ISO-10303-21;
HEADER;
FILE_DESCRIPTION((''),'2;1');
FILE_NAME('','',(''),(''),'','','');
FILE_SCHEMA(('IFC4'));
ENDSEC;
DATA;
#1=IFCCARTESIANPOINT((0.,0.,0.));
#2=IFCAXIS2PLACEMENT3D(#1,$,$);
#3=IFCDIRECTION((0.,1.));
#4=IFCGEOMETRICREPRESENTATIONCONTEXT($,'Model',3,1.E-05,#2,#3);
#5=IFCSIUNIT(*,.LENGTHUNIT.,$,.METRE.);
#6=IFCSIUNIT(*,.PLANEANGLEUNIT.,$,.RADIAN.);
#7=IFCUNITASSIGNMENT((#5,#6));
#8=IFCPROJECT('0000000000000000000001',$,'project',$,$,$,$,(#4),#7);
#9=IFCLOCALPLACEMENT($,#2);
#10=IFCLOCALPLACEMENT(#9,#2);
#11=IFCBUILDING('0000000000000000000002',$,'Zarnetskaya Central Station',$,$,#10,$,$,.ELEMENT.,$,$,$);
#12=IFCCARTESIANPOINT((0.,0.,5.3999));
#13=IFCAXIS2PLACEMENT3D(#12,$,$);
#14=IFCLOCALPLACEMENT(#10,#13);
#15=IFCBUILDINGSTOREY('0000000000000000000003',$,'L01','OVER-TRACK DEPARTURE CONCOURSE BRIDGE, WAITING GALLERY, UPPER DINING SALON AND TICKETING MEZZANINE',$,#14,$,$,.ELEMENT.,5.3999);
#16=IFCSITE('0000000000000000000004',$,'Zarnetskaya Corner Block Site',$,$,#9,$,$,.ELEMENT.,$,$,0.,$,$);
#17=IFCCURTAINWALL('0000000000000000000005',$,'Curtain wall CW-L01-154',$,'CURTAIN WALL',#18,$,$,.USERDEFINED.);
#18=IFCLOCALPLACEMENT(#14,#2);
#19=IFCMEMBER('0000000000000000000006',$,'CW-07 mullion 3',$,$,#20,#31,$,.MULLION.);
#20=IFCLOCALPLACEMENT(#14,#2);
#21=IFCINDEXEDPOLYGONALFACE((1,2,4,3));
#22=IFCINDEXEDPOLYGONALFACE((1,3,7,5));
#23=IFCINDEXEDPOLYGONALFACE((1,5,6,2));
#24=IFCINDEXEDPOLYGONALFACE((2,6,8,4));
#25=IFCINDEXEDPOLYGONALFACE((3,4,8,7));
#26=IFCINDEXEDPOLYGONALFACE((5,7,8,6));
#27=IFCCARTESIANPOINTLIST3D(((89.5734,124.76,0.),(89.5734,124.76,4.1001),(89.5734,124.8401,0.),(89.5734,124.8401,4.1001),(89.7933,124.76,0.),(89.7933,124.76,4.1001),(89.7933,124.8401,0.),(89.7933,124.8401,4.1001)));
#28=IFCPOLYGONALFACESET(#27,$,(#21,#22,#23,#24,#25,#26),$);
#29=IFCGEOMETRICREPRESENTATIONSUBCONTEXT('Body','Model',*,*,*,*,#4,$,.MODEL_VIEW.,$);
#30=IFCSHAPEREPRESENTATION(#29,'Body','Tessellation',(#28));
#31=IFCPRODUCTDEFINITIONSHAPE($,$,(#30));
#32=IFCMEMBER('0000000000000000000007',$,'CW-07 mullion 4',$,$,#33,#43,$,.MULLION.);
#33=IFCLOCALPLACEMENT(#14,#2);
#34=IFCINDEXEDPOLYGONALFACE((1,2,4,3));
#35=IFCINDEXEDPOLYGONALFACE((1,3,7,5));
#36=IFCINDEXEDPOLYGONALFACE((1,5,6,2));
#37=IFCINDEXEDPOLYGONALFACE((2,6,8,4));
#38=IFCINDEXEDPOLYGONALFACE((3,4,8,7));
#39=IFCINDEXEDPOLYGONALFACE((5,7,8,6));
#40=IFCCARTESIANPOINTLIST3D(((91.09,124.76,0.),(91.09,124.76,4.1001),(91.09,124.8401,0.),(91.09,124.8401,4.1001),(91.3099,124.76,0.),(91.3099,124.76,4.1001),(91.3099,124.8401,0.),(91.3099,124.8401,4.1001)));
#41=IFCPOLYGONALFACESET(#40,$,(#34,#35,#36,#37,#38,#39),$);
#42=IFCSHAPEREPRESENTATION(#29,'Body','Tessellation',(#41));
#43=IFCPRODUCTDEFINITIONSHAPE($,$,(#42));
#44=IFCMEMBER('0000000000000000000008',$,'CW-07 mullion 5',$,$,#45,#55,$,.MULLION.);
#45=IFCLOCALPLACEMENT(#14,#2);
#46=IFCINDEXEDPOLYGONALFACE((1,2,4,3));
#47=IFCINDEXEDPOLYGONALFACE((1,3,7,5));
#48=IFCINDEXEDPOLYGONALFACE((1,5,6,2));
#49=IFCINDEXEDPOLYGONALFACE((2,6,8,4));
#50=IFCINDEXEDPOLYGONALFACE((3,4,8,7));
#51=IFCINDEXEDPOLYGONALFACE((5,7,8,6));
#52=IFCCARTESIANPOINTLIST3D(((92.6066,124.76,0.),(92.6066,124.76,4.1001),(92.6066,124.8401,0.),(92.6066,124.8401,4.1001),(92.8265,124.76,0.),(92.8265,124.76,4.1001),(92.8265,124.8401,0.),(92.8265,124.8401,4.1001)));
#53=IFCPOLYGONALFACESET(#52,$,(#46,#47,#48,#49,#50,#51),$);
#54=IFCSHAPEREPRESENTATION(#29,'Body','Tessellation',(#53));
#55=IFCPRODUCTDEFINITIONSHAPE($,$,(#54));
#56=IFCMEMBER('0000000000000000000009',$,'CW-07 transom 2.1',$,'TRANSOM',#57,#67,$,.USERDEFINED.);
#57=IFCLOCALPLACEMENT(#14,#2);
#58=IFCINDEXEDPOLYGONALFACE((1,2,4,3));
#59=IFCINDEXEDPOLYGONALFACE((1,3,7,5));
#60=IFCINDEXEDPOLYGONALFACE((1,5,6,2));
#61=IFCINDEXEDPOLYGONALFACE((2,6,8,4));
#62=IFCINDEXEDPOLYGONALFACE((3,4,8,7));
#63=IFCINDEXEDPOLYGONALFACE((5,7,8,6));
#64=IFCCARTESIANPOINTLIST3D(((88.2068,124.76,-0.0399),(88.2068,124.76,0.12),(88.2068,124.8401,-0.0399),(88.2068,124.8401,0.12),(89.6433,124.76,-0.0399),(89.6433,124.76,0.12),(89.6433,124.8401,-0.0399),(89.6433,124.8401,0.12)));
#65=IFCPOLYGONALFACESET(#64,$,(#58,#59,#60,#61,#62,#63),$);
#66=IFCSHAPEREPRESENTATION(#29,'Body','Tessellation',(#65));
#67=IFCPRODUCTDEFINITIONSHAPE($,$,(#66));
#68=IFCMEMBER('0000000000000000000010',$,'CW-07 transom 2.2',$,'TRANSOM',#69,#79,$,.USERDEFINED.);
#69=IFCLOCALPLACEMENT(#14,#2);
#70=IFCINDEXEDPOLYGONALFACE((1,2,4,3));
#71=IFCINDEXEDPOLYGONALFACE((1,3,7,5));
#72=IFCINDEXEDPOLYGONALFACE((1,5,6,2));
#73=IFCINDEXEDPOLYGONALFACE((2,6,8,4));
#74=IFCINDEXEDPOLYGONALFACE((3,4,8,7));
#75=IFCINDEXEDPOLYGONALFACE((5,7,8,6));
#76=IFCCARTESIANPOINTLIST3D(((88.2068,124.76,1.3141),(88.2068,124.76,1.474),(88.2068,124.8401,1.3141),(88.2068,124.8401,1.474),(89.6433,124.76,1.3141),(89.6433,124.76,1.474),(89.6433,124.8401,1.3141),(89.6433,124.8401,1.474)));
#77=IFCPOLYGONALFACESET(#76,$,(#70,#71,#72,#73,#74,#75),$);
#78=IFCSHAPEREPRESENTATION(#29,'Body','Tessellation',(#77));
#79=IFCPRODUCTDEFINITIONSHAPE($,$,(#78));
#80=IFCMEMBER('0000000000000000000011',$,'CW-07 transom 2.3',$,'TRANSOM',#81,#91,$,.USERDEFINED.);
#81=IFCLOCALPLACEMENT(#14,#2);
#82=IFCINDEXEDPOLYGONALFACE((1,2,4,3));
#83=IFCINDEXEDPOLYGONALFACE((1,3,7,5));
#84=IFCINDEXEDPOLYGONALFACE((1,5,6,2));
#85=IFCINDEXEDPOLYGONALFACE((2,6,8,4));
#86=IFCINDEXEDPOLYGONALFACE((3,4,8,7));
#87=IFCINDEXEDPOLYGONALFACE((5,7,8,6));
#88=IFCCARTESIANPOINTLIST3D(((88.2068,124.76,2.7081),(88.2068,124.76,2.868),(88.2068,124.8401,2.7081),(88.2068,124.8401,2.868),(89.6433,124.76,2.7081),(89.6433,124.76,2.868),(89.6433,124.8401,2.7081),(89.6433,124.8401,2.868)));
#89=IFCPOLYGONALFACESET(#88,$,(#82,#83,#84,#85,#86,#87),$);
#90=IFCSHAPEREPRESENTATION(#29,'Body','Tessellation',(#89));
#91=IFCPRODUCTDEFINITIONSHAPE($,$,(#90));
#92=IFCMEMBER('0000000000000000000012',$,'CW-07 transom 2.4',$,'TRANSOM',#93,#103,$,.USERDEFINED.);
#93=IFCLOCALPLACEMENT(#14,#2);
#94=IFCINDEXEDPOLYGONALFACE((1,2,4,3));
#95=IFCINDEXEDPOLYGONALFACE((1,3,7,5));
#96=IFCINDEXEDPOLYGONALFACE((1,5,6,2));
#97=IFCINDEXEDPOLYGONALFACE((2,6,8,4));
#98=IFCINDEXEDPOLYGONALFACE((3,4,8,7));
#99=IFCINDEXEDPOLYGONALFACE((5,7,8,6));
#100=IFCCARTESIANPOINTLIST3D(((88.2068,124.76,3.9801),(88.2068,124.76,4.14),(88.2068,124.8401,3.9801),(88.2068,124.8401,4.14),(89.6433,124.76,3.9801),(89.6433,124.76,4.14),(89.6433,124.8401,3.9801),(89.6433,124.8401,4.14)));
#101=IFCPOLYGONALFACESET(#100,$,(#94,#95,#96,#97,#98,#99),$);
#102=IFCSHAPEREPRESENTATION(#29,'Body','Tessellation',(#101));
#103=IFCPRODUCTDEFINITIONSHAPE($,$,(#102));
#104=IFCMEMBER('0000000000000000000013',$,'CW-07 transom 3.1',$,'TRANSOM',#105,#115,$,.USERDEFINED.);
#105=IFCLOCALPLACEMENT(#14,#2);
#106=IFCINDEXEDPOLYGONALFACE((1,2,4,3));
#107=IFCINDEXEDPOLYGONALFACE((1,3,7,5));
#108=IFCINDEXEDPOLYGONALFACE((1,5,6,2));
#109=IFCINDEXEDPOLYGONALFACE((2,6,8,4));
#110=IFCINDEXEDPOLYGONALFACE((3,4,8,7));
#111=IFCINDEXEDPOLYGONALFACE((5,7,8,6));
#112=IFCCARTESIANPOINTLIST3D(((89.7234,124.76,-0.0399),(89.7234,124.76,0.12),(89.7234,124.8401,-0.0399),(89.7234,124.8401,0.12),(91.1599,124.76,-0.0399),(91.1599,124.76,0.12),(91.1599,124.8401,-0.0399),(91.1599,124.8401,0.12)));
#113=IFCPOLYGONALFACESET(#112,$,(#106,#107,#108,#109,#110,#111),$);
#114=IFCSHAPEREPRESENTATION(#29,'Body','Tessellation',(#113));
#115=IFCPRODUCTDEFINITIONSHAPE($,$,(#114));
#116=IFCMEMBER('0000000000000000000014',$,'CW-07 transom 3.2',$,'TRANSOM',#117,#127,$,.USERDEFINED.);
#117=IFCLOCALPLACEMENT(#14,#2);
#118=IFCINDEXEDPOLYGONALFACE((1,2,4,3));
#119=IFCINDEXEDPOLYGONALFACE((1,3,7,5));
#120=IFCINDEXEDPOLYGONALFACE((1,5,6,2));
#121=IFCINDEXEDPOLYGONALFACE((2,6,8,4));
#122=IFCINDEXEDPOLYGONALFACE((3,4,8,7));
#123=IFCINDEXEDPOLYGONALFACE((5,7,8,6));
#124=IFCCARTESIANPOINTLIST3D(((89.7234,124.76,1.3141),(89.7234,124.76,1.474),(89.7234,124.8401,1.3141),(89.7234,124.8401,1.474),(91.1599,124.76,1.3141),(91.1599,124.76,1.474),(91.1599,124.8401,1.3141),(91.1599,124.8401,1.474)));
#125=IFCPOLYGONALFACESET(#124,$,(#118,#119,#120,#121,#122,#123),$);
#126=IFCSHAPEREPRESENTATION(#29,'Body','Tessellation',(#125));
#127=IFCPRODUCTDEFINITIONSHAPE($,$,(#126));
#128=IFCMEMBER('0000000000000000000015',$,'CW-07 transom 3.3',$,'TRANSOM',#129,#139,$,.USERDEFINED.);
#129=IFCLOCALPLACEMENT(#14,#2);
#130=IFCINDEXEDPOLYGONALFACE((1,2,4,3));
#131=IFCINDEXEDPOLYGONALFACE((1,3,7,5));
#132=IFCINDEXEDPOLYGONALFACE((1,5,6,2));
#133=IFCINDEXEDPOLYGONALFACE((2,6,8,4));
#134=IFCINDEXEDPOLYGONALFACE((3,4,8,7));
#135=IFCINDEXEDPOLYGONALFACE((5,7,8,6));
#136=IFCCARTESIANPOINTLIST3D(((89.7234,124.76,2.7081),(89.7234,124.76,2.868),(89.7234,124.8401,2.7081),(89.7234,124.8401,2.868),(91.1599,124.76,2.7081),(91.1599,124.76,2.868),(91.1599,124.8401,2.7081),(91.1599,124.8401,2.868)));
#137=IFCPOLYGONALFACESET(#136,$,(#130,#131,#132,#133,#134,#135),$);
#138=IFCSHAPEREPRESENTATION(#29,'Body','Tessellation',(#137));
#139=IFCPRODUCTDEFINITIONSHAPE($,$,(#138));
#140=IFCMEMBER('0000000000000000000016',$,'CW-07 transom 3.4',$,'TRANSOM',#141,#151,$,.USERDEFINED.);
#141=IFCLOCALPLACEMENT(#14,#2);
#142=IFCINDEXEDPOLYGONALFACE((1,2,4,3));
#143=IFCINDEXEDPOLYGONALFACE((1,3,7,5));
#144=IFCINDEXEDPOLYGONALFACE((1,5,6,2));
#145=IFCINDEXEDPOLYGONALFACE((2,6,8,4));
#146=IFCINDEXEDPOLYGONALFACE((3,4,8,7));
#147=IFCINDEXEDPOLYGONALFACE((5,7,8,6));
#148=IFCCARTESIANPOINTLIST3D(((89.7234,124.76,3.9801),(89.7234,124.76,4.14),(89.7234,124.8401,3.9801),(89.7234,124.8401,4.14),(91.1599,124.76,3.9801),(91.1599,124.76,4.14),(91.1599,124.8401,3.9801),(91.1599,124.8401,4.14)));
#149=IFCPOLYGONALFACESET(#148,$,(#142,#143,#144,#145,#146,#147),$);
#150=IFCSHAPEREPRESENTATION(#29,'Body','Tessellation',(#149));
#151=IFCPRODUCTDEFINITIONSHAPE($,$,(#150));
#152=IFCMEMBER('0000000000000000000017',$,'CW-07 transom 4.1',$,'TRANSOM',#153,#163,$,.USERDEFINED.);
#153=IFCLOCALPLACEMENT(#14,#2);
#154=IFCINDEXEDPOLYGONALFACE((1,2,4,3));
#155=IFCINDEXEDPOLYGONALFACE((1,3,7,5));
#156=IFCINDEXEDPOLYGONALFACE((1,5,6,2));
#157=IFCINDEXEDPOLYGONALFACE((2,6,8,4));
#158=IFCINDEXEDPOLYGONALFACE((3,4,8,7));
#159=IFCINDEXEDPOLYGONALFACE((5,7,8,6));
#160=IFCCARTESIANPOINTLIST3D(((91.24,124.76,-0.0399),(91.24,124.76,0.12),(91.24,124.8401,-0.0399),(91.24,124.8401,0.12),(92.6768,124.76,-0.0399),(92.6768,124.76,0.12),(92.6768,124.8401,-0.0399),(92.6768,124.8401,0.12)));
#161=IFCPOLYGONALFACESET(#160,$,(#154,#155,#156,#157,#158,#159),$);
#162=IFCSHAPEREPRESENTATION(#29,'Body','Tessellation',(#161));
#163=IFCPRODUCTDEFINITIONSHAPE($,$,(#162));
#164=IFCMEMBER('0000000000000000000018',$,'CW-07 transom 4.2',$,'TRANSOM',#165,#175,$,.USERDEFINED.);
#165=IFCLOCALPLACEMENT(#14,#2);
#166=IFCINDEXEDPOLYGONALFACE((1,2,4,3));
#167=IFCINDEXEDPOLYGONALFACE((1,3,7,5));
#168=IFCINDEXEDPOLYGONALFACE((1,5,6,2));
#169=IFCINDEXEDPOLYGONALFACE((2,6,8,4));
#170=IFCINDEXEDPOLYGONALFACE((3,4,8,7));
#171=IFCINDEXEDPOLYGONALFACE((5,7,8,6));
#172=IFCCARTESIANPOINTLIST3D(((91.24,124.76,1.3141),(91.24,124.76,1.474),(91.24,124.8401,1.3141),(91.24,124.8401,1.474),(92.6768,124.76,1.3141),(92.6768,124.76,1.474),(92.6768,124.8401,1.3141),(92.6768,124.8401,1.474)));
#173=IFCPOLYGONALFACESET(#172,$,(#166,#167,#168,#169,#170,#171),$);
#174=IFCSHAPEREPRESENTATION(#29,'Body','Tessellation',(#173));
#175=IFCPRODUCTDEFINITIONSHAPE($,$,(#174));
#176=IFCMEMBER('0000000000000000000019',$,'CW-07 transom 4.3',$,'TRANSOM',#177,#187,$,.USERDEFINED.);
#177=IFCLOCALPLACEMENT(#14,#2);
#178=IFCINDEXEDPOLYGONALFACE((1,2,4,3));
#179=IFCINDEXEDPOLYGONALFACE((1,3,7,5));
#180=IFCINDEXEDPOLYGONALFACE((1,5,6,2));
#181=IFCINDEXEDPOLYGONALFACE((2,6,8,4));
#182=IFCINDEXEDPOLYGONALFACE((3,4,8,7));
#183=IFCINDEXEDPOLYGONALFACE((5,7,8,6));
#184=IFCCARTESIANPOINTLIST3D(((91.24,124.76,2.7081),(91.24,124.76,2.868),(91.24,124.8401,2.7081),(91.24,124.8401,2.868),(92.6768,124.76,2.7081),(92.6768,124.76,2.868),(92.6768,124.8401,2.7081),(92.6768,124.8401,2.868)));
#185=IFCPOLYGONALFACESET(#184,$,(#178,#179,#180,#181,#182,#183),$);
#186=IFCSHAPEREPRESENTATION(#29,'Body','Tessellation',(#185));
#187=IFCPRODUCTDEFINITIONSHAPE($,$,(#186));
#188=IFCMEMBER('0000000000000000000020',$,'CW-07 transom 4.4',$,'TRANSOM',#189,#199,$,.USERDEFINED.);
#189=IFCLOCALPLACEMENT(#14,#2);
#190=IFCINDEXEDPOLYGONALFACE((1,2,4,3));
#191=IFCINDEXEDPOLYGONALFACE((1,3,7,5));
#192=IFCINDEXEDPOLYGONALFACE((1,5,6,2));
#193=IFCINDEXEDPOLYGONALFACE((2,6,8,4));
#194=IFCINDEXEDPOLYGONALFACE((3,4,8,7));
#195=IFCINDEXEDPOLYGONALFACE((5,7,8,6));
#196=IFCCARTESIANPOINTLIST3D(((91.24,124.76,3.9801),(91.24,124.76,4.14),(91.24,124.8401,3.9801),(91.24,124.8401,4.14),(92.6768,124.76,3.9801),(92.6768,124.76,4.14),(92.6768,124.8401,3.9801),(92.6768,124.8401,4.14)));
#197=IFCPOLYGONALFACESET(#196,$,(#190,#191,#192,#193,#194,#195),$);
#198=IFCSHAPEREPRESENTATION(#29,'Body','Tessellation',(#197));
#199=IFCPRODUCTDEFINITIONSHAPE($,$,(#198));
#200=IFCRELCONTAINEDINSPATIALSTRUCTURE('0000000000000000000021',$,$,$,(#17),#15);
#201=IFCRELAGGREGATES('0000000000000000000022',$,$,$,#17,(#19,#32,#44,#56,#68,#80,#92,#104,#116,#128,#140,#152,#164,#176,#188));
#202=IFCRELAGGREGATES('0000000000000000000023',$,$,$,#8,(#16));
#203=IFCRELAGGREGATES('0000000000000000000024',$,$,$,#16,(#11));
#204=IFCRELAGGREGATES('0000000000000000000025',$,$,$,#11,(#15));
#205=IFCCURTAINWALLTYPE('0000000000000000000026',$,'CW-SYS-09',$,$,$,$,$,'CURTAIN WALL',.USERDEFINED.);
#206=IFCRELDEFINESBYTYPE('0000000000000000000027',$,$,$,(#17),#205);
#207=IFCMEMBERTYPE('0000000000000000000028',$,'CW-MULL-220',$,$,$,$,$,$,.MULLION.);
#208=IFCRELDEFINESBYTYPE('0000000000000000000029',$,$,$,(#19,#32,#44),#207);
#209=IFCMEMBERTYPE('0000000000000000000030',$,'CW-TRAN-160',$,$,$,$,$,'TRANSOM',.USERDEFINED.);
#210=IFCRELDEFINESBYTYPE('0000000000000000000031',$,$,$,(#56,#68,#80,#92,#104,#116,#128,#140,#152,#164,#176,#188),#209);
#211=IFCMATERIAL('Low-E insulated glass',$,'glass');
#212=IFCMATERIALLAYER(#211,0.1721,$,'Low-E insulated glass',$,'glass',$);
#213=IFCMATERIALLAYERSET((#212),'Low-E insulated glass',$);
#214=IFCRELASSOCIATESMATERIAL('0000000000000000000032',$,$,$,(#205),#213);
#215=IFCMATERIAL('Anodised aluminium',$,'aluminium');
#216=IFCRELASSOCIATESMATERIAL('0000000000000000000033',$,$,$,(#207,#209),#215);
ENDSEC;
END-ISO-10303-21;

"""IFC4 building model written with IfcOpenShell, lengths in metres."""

from ifc_helpers import new_model, si_unit, direction, frame, origin, origin_2d, place, context, subcontext, project, spatial, rectangle, extrude, material, layer, layer_set, material_profile, profile_set, type_object, element, aggregate, save


model = new_model("IFC4")

# Units and contexts
model_context = context("Model", 3, precision=1e-05, world=origin(), true_north=direction((0.0, 1.0)))
body_context = subcontext(model_context, "Body", "Model", "MODEL_VIEW")
ifc_project = project(units=[si_unit("LENGTHUNIT", "METRE"), si_unit("PLANEANGLEUNIT", "RADIAN")], contexts=[model_context])

# Site, building, storey
site_placement = place(None, origin())
site = spatial("IfcSite", under=ifc_project, at=site_placement, Name="Zarnetskaya Corner Block Site", CompositionType="ELEMENT", RefElevation=0.0)
building_placement = place(site_placement, origin())
building = spatial("IfcBuilding", under=site, at=building_placement, Name="Zarnetskaya Central Station", CompositionType="ELEMENT")
storey_placement = place(building_placement, frame((0.0, 0.0, 5.3999)))
storey = spatial("IfcBuildingStorey", under=building, at=storey_placement, Name="L01", Description="OVER-TRACK DEPARTURE CONCOURSE BRIDGE, WAITING GALLERY, UPPER DINING SALON AND TICKETING MEZZANINE", CompositionType="ELEMENT", Elevation=5.3999)

# Curtain wall, members
ifc_material_1 = material(Name="Low-E insulated glass", Category="glass")
ifc_layer_1 = layer(ifc_material_1, 0.1721, Name="Low-E insulated glass", Category="glass")
ifc_layer_set_1 = layer_set([ifc_layer_1], Name="Low-E insulated glass")
curtain_wall_type = type_object("IfcCurtainWallType", Name="CW-SYS-09", ElementType="CURTAIN WALL", PredefinedType="USERDEFINED", material=ifc_layer_set_1)
curtain_wall_placement = place(storey_placement, origin())
curtain_wall = element("IfcCurtainWall", 1, at=curtain_wall_placement, inside=storey, type_object=curtain_wall_type, Name="Curtain wall CW-L01-154", ObjectType="CURTAIN WALL", PredefinedType="USERDEFINED")
ifc_material_2 = material(Name="Anodised aluminium", Category="aluminium")
ifc_material_profile_1 = material_profile(ifc_material_2, rectangle(XDim=0.0801, YDim=0.22, at=origin_2d()), Name="ALU MULL 80x220")
ifc_profile_set_1 = profile_set([ifc_material_profile_1], Name="Anodised aluminium")
member_type_1 = type_object("IfcMemberType", Name="CW-MULL-220", PredefinedType="MULLION", material=ifc_profile_set_1)
member_1_placement = place(storey_placement, frame((89.6833, 124.8, 0.0), z_axis=(0.0, 0.0, 1.0), x_axis=(0.0, 1.0, 0.0)))
member_1 = element("IfcMember", 2, at=member_1_placement, type_object=member_type_1, Name="CW-07 mullion 3", PredefinedType="MULLION", context=body_context, shape_type="SweptSolid", body=[
    extrude(rectangle(XDim=0.0801, YDim=0.22, at=origin_2d()), origin(), (0.0, 0.0, 1.0), 4.1001),
])
member_2_placement = place(storey_placement, frame((91.2, 124.8, 0.0), z_axis=(0.0, 0.0, 1.0), x_axis=(0.0, 1.0, 0.0)))
member_2 = element("IfcMember", 3, at=member_2_placement, type_object=member_type_1, Name="CW-07 mullion 4", PredefinedType="MULLION", context=body_context, shape_type="SweptSolid", body=[
    extrude(rectangle(XDim=0.0801, YDim=0.22, at=origin_2d()), origin(), (0.0, 0.0, 1.0), 4.1001),
])
member_3_placement = place(storey_placement, frame((92.7166, 124.8, 0.0), z_axis=(0.0, 0.0, 1.0), x_axis=(0.0, 1.0, 0.0)))
member_3 = element("IfcMember", 4, at=member_3_placement, type_object=member_type_1, Name="CW-07 mullion 5", PredefinedType="MULLION", context=body_context, shape_type="SweptSolid", body=[
    extrude(rectangle(XDim=0.0801, YDim=0.22, at=origin_2d()), origin(), (0.0, 0.0, 1.0), 4.1001),
])
ifc_material_profile_2 = material_profile(ifc_material_2, rectangle(XDim=0.0801, YDim=0.1599, at=origin_2d()), Name="ALU TRAN 80x160")
ifc_profile_set_2 = profile_set([ifc_material_profile_2], Name="Anodised aluminium")
member_type_2 = type_object("IfcMemberType", Name="CW-TRAN-160", ElementType="TRANSOM", PredefinedType="USERDEFINED", material=ifc_profile_set_2)
member_4_placement = place(storey_placement, frame((88.2068, 124.8, 0.04), z_axis=(1.0, 0.0, 0.0), x_axis=(0.0, 1.0, 0.0)))
member_4 = element("IfcMember", 5, at=member_4_placement, type_object=member_type_2, Name="CW-07 transom 2.1", ObjectType="TRANSOM", PredefinedType="USERDEFINED", context=body_context, shape_type="SweptSolid", body=[
    extrude(rectangle(XDim=0.0801, YDim=0.1599, at=origin_2d()), origin(), (0.0, 0.0, 1.0), 1.4365),
])
member_5_placement = place(storey_placement, frame((88.2068, 124.8, 1.394), z_axis=(1.0, 0.0, 0.0), x_axis=(0.0, 1.0, 0.0)))
member_5 = element("IfcMember", 6, at=member_5_placement, type_object=member_type_2, Name="CW-07 transom 2.2", ObjectType="TRANSOM", PredefinedType="USERDEFINED", context=body_context, shape_type="SweptSolid", body=[
    extrude(rectangle(XDim=0.0801, YDim=0.1599, at=origin_2d()), origin(), (0.0, 0.0, 1.0), 1.4365),
])
member_6_placement = place(storey_placement, frame((88.2068, 124.8, 2.7881), z_axis=(1.0, 0.0, 0.0), x_axis=(0.0, 1.0, 0.0)))
member_6 = element("IfcMember", 7, at=member_6_placement, type_object=member_type_2, Name="CW-07 transom 2.3", ObjectType="TRANSOM", PredefinedType="USERDEFINED", context=body_context, shape_type="SweptSolid", body=[
    extrude(rectangle(XDim=0.0801, YDim=0.1599, at=origin_2d()), origin(), (0.0, 0.0, 1.0), 1.4365),
])
member_7_placement = place(storey_placement, frame((88.2068, 124.8, 4.0601), z_axis=(1.0, 0.0, 0.0), x_axis=(0.0, 1.0, 0.0)))
member_7 = element("IfcMember", 8, at=member_7_placement, type_object=member_type_2, Name="CW-07 transom 2.4", ObjectType="TRANSOM", PredefinedType="USERDEFINED", context=body_context, shape_type="SweptSolid", body=[
    extrude(rectangle(XDim=0.0801, YDim=0.1599, at=origin_2d()), origin(), (0.0, 0.0, 1.0), 1.4365),
])
member_8_placement = place(storey_placement, frame((89.7234, 124.8, 0.04), z_axis=(1.0, 0.0, 0.0), x_axis=(0.0, 1.0, 0.0)))
member_8 = element("IfcMember", 9, at=member_8_placement, type_object=member_type_2, Name="CW-07 transom 3.1", ObjectType="TRANSOM", PredefinedType="USERDEFINED", context=body_context, shape_type="SweptSolid", body=[
    extrude(rectangle(XDim=0.0801, YDim=0.1599, at=origin_2d()), origin(), (0.0, 0.0, 1.0), 1.4365),
])
member_9_placement = place(storey_placement, frame((89.7234, 124.8, 1.394), z_axis=(1.0, 0.0, 0.0), x_axis=(0.0, 1.0, 0.0)))
member_9 = element("IfcMember", 10, at=member_9_placement, type_object=member_type_2, Name="CW-07 transom 3.2", ObjectType="TRANSOM", PredefinedType="USERDEFINED", context=body_context, shape_type="SweptSolid", body=[
    extrude(rectangle(XDim=0.0801, YDim=0.1599, at=origin_2d()), origin(), (0.0, 0.0, 1.0), 1.4365),
])
member_10_placement = place(storey_placement, frame((89.7234, 124.8, 2.7881), z_axis=(1.0, 0.0, 0.0), x_axis=(0.0, 1.0, 0.0)))
member_10 = element("IfcMember", 11, at=member_10_placement, type_object=member_type_2, Name="CW-07 transom 3.3", ObjectType="TRANSOM", PredefinedType="USERDEFINED", context=body_context, shape_type="SweptSolid", body=[
    extrude(rectangle(XDim=0.0801, YDim=0.1599, at=origin_2d()), origin(), (0.0, 0.0, 1.0), 1.4365),
])
member_11_placement = place(storey_placement, frame((89.7234, 124.8, 4.0601), z_axis=(1.0, 0.0, 0.0), x_axis=(0.0, 1.0, 0.0)))
member_11 = element("IfcMember", 12, at=member_11_placement, type_object=member_type_2, Name="CW-07 transom 3.4", ObjectType="TRANSOM", PredefinedType="USERDEFINED", context=body_context, shape_type="SweptSolid", body=[
    extrude(rectangle(XDim=0.0801, YDim=0.1599, at=origin_2d()), origin(), (0.0, 0.0, 1.0), 1.4365),
])
member_12_placement = place(storey_placement, frame((91.24, 124.8, 0.04), z_axis=(1.0, 0.0, 0.0), x_axis=(0.0, 1.0, 0.0)))
member_12 = element("IfcMember", 13, at=member_12_placement, type_object=member_type_2, Name="CW-07 transom 4.1", ObjectType="TRANSOM", PredefinedType="USERDEFINED", context=body_context, shape_type="SweptSolid", body=[
    extrude(rectangle(XDim=0.0801, YDim=0.1599, at=origin_2d()), origin(), (0.0, 0.0, 1.0), 1.4368),
])
member_13_placement = place(storey_placement, frame((91.24, 124.8, 1.394), z_axis=(1.0, 0.0, 0.0), x_axis=(0.0, 1.0, 0.0)))
member_13 = element("IfcMember", 14, at=member_13_placement, type_object=member_type_2, Name="CW-07 transom 4.2", ObjectType="TRANSOM", PredefinedType="USERDEFINED", context=body_context, shape_type="SweptSolid", body=[
    extrude(rectangle(XDim=0.0801, YDim=0.1599, at=origin_2d()), origin(), (0.0, 0.0, 1.0), 1.4368),
])
member_14_placement = place(storey_placement, frame((91.24, 124.8, 2.7881), z_axis=(1.0, 0.0, 0.0), x_axis=(0.0, 1.0, 0.0)))
member_14 = element("IfcMember", 15, at=member_14_placement, type_object=member_type_2, Name="CW-07 transom 4.3", ObjectType="TRANSOM", PredefinedType="USERDEFINED", context=body_context, shape_type="SweptSolid", body=[
    extrude(rectangle(XDim=0.0801, YDim=0.1599, at=origin_2d()), origin(), (0.0, 0.0, 1.0), 1.4368),
])
member_15_placement = place(storey_placement, frame((91.24, 124.8, 4.0601), z_axis=(1.0, 0.0, 0.0), x_axis=(0.0, 1.0, 0.0)))
member_15 = element("IfcMember", 16, at=member_15_placement, type_object=member_type_2, Name="CW-07 transom 4.4", ObjectType="TRANSOM", PredefinedType="USERDEFINED", context=body_context, shape_type="SweptSolid", body=[
    extrude(rectangle(XDim=0.0801, YDim=0.1599, at=origin_2d()), origin(), (0.0, 0.0, 1.0), 1.4368),
])

aggregate(curtain_wall, [member_1, member_2, member_3, member_4, member_5, member_6, member_7, member_8, member_9, member_10, member_11, member_12, member_13, member_14, member_15])

save(model, "model.ifc")
